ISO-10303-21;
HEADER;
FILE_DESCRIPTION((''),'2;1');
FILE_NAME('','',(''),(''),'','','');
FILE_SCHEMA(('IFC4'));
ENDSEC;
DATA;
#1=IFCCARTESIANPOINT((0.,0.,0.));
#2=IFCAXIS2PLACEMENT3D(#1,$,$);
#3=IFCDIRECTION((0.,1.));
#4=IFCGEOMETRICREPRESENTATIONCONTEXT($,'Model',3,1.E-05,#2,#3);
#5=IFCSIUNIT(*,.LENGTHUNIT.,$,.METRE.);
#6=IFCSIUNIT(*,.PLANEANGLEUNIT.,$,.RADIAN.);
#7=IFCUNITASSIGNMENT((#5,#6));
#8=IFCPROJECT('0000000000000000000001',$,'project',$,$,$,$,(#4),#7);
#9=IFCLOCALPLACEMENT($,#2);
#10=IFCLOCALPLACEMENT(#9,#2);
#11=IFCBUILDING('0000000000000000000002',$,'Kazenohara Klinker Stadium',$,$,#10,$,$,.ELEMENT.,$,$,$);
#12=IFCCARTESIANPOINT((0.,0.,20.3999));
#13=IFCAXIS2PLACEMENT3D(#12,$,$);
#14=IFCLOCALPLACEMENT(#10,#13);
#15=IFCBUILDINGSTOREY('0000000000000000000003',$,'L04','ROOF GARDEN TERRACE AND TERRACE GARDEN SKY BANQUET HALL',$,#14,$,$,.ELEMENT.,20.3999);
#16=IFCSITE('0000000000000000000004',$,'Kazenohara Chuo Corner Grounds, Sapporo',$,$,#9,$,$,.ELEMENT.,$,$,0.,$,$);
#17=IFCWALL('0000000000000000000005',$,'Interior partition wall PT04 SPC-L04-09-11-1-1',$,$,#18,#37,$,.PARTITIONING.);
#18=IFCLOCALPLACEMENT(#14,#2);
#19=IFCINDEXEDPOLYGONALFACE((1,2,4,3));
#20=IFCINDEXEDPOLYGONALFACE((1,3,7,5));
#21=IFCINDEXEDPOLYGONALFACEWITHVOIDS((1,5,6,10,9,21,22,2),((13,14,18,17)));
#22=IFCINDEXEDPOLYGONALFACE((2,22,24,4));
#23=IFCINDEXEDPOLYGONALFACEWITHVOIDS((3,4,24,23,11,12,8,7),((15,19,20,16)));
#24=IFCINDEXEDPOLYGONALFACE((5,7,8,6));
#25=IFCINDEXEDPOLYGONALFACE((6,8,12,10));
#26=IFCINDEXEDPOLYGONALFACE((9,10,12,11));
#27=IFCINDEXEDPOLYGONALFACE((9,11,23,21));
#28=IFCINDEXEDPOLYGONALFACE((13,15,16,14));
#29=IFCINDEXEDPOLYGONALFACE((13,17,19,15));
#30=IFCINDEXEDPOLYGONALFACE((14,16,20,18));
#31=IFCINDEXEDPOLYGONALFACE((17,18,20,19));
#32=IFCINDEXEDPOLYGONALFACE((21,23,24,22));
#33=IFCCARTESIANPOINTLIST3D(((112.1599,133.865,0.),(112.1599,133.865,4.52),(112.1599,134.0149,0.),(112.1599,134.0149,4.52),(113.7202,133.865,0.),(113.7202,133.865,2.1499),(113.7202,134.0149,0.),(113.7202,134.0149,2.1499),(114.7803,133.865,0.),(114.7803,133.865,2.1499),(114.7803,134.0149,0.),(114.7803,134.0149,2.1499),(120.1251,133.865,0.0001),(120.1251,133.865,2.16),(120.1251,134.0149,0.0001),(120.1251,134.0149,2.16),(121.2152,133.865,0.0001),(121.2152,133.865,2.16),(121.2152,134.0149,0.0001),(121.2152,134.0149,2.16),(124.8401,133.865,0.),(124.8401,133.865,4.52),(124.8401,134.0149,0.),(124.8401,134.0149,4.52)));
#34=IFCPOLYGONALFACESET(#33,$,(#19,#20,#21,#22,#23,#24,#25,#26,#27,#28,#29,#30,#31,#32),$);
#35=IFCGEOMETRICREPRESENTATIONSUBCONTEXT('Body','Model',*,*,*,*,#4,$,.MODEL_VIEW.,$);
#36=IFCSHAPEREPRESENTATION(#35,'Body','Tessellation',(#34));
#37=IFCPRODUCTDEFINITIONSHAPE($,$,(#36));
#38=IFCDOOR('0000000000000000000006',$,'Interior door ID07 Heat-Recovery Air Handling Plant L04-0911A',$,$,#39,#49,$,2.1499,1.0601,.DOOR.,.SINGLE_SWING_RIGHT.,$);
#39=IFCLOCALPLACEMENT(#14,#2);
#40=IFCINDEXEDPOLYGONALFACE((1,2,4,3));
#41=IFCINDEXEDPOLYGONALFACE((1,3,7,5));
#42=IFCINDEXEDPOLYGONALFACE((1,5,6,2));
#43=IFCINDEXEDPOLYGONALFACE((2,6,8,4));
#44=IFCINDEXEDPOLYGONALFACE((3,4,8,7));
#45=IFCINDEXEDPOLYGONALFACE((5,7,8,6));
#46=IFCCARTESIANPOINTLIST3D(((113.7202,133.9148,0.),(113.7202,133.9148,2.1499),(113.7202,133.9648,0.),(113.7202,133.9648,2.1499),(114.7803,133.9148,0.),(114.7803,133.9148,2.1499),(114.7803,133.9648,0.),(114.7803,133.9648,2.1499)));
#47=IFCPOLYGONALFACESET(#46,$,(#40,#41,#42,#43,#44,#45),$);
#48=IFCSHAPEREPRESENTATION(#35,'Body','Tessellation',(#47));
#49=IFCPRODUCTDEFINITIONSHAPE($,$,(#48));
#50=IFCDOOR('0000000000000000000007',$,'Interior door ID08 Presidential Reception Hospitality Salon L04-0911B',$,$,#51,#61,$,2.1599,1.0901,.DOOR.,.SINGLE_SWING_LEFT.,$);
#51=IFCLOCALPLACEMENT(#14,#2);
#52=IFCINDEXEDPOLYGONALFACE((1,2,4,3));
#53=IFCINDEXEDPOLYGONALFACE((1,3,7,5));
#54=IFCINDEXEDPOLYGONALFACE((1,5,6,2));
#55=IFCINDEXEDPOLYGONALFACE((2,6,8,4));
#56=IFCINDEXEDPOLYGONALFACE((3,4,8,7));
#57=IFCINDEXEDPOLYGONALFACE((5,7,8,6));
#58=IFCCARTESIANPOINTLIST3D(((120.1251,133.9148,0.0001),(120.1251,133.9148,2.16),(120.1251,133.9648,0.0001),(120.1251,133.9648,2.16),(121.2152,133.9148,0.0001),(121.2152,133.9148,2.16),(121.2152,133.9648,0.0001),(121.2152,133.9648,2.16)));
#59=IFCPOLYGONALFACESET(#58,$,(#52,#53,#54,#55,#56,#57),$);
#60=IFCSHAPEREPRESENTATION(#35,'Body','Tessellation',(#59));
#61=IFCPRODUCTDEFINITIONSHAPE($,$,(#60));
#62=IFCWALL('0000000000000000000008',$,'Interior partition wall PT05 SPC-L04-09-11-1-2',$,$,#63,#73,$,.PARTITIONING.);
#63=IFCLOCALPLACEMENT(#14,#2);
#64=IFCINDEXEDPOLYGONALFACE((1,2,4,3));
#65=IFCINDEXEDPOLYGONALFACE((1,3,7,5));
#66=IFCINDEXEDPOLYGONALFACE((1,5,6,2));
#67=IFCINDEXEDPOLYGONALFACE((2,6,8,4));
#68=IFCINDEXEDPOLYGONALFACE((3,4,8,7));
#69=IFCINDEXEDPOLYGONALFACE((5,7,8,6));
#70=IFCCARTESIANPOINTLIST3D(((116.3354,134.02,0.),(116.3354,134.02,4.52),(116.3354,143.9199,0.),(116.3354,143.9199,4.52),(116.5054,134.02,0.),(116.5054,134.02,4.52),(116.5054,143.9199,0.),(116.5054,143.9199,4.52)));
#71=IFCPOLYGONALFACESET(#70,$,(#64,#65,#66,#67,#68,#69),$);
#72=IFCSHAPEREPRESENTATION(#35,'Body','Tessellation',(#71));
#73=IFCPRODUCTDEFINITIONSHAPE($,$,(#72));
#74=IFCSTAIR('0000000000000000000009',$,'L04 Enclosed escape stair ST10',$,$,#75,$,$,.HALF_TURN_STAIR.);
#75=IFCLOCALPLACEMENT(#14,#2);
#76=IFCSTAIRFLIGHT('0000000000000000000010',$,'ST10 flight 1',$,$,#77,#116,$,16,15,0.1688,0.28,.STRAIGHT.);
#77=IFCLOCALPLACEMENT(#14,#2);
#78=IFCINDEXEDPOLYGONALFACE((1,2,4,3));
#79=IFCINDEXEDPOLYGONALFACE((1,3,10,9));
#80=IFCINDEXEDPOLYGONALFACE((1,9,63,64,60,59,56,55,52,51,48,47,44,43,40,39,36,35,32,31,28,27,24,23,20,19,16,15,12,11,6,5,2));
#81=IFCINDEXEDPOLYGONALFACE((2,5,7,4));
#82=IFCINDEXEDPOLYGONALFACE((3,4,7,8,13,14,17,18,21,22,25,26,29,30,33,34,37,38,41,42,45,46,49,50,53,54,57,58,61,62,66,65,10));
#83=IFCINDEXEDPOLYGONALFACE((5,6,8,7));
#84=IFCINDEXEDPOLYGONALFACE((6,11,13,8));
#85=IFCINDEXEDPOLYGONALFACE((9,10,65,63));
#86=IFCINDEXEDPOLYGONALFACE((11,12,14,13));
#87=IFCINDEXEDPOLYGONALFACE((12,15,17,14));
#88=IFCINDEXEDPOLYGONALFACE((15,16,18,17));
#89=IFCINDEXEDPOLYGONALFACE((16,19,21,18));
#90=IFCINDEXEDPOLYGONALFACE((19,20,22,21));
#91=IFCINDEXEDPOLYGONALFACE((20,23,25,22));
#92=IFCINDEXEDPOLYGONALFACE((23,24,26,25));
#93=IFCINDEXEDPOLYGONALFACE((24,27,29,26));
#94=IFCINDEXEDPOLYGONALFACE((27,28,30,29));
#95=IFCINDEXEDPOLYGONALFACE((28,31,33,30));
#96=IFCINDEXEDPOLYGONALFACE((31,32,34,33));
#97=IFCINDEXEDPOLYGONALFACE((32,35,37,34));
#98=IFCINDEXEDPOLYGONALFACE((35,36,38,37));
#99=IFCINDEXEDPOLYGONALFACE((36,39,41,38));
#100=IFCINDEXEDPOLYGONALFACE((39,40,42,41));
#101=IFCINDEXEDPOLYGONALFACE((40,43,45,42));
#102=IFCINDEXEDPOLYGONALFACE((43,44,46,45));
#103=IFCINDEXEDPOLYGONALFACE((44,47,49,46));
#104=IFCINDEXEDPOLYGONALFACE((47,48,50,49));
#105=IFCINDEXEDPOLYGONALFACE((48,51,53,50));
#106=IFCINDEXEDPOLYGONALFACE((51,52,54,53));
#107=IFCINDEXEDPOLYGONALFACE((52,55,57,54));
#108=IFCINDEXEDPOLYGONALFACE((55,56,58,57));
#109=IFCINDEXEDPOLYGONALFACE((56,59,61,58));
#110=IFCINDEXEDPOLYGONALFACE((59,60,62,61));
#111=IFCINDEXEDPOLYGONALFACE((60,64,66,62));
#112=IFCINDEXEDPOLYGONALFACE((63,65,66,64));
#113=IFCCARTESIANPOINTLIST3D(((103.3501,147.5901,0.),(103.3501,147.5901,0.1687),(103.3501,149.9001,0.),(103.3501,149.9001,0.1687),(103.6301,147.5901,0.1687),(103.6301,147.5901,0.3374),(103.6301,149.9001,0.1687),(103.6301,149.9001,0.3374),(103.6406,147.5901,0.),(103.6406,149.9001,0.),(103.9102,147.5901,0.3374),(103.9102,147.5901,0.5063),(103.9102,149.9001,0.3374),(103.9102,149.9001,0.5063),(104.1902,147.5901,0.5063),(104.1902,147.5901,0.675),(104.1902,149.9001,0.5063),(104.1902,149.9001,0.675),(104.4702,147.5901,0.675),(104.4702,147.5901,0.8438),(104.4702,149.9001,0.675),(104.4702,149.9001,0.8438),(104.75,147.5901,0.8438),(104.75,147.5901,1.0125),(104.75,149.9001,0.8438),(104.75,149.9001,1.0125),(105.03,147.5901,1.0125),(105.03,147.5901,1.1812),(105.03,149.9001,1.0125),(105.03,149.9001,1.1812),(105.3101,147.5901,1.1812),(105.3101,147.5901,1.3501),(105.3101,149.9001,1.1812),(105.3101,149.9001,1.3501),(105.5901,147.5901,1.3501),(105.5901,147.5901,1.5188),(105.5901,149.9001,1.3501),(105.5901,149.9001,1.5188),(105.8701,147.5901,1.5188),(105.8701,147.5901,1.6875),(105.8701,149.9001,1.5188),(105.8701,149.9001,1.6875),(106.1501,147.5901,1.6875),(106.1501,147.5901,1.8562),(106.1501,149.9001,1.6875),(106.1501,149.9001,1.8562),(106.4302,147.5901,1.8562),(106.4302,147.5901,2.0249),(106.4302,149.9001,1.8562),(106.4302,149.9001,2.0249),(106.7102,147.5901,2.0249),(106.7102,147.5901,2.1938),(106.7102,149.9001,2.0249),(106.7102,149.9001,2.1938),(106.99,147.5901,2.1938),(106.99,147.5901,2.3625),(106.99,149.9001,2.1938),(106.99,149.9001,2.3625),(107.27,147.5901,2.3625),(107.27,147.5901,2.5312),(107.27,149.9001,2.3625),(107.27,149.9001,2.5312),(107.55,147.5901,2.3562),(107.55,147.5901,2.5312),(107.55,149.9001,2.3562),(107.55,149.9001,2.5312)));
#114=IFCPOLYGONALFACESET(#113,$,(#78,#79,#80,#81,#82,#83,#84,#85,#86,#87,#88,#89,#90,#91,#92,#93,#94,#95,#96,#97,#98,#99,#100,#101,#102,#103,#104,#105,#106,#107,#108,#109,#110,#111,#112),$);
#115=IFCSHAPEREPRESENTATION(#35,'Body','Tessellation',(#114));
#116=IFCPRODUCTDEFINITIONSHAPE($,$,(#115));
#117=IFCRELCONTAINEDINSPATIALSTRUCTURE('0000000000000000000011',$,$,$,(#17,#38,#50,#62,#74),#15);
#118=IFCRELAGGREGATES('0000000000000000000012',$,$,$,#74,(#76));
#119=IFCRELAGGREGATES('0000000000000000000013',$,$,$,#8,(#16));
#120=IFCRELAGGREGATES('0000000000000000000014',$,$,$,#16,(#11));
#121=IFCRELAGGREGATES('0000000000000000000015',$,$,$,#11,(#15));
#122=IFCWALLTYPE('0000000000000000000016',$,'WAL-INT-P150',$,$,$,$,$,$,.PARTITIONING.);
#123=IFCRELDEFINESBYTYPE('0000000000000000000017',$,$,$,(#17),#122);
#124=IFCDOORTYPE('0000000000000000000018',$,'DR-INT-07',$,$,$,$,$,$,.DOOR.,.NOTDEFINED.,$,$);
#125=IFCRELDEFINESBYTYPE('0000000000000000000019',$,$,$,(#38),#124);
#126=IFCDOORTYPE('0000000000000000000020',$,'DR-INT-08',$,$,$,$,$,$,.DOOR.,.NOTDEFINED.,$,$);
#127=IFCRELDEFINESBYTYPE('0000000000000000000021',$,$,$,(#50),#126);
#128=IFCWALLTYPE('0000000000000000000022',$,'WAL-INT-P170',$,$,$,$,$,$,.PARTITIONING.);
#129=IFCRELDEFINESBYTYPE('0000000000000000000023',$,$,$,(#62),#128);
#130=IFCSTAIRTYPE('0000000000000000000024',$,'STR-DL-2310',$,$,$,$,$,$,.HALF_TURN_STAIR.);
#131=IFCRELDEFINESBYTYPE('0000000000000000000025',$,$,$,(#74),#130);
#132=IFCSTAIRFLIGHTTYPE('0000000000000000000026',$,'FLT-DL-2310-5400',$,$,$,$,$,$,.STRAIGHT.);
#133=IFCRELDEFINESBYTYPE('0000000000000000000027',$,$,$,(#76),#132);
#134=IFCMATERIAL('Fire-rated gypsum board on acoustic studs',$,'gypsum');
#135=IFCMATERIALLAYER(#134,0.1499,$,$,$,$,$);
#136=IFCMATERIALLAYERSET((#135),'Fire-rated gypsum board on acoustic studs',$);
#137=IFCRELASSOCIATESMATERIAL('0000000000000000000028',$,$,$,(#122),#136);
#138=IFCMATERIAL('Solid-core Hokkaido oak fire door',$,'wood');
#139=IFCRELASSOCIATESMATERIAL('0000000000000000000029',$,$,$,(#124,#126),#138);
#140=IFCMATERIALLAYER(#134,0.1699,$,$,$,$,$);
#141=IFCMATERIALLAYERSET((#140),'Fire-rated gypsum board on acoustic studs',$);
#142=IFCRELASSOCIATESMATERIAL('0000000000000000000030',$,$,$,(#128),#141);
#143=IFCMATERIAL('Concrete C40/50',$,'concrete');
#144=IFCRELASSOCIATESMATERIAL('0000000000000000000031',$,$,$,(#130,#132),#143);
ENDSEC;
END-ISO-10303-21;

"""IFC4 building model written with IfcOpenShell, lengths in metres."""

from ifc_helpers import new_model, si_unit, direction, frame, frame_2d, origin, place, context, subcontext, project, spatial, polyline, rectangle, outline, extrude, material, layer, layer_set, type_object, element, fill, aggregate, save


model = new_model("IFC4")

# Units and contexts
model_context = context("Model", 3, precision=1e-05, world=origin(), true_north=direction((0.0, 1.0)))
body_context = subcontext(model_context, "Body", "Model", "MODEL_VIEW")
ifc_project = project(units=[si_unit("LENGTHUNIT", "METRE"), si_unit("PLANEANGLEUNIT", "RADIAN")], contexts=[model_context])

# Site, building, storey
site_placement = place(None, origin())
site = spatial("IfcSite", under=ifc_project, at=site_placement, Name="Kazenohara Chuo Corner Grounds, Sapporo", CompositionType="ELEMENT", RefElevation=0.0)
building_placement = place(site_placement, origin())
building = spatial("IfcBuilding", under=site, at=building_placement, Name="Kazenohara Klinker Stadium", CompositionType="ELEMENT")
storey_placement = place(building_placement, frame((0.0, 0.0, 20.3999)))
storey = spatial("IfcBuildingStorey", under=building, at=storey_placement, Name="L04", Description="ROOF GARDEN TERRACE AND TERRACE GARDEN SKY BANQUET HALL", CompositionType="ELEMENT", Elevation=20.3999)

# Shared definitions
ifc_material_1 = material(Name="Concrete C40/50", Category="concrete")

# Shared definitions
ifc_material_2 = material(Name="Fire-rated gypsum board on acoustic studs", Category="gypsum")
ifc_material_3 = material(Name="Solid-core Hokkaido oak fire door", Category="wood")

# Wall, openings, doors
ifc_layer_1 = layer(ifc_material_2, 0.1499)
ifc_layer_set_1 = layer_set([ifc_layer_1], Name="Fire-rated gypsum board on acoustic studs")
wall_type_1 = type_object("IfcWallType", Name="WAL-INT-P150", PredefinedType="PARTITIONING", material=ifc_layer_set_1)
wall_1_placement = place(storey_placement, frame((112.1599, 133.9399, 0.0), z_axis=(0.0, 0.0, 1.0), x_axis=(1.0, 0.0, 0.0)))
wall_1 = element("IfcWall", 1, at=wall_1_placement, inside=storey, type_object=wall_type_1, Name="Interior partition wall PT04 SPC-L04-09-11-1-1", PredefinedType="PARTITIONING", context=body_context, shape_type="SweptSolid", body=[
    extrude(rectangle(XDim=12.6802, YDim=0.1499, at=frame_2d((6.3401, 0.0))), origin(), (0.0, 0.0, 1.0), 4.52),
])
opening_1_placement = place(wall_1_placement, frame((1.5603, 0.0, 0.0)))
opening_1 = element("IfcOpeningElement", 2, at=opening_1_placement, cuts=wall_1, PredefinedType="OPENING", context=body_context, shape_type="SweptSolid", body=[
    extrude(rectangle(XDim=1.0601, YDim=2.1499, at=frame_2d((0.53, 1.075))), frame((0.0, 0.085, 0.0), z_axis=(0.0, -1.0, 0.0), x_axis=(1.0, 0.0, 0.0)), (0.0, 0.0, 1.0), 0.1699),
])
opening_2_placement = place(wall_1_placement, frame((7.9653, 0.0, 0.0)))
opening_2 = element("IfcOpeningElement", 3, at=opening_2_placement, cuts=wall_1, PredefinedType="OPENING", context=body_context, shape_type="SweptSolid", body=[
    extrude(rectangle(XDim=1.0901, YDim=2.1599, at=frame_2d((0.5449, 1.0801))), frame((0.0, 0.085, 0.0), z_axis=(0.0, -1.0, 0.0), x_axis=(1.0, 0.0, 0.0)), (0.0, 0.0, 1.0), 0.1699),
])
door_type_1 = type_object("IfcDoorType", Name="DR-INT-07", OperationType="NOTDEFINED", PredefinedType="DOOR", material=ifc_material_3)
door_1_placement = place(opening_1_placement, origin())
door_1 = element("IfcDoor", 4, at=door_1_placement, inside=storey, type_object=door_type_1, Name="Interior door ID07 Heat-Recovery Air Handling Plant L04-0911A", OperationType="SINGLE_SWING_RIGHT", OverallHeight=2.1499, OverallWidth=1.0601, PredefinedType="DOOR", context=body_context, shape_type="SweptSolid", body=[
    extrude(rectangle(XDim=1.0601, YDim=2.1499, at=frame_2d((0.53, 1.075))), frame((0.0, 0.0249, 0.0), z_axis=(0.0, -1.0, 0.0), x_axis=(1.0, 0.0, 0.0)), (0.0, 0.0, 1.0), 0.05),
])
fill(opening_1, door_1)
door_type_2 = type_object("IfcDoorType", Name="DR-INT-08", OperationType="NOTDEFINED", PredefinedType="DOOR", material=ifc_material_3)
door_2_placement = place(opening_2_placement, origin())
door_2 = element("IfcDoor", 5, at=door_2_placement, inside=storey, type_object=door_type_2, Name="Interior door ID08 Presidential Reception Hospitality Salon L04-0911B", OperationType="SINGLE_SWING_LEFT", OverallHeight=2.1599, OverallWidth=1.0901, PredefinedType="DOOR", context=body_context, shape_type="SweptSolid", body=[
    extrude(rectangle(XDim=1.0901, YDim=2.1599, at=frame_2d((0.5449, 1.0801))), frame((0.0, 0.0249, 0.0), z_axis=(0.0, -1.0, 0.0), x_axis=(1.0, 0.0, 0.0)), (0.0, 0.0, 1.0), 0.05),
])
fill(opening_2, door_2)

# Wall
ifc_layer_2 = layer(ifc_material_2, 0.1699)
ifc_layer_set_2 = layer_set([ifc_layer_2], Name="Fire-rated gypsum board on acoustic studs")
wall_type_2 = type_object("IfcWallType", Name="WAL-INT-P170", PredefinedType="PARTITIONING", material=ifc_layer_set_2)
wall_2_placement = place(storey_placement, frame((116.4204, 134.02, 0.0), z_axis=(0.0, 0.0, 1.0), x_axis=(0.0, 1.0, 0.0)))
element("IfcWall", 6, at=wall_2_placement, inside=storey, type_object=wall_type_2, Name="Interior partition wall PT05 SPC-L04-09-11-1-2", PredefinedType="PARTITIONING", context=body_context, shape_type="SweptSolid", body=[
    extrude(rectangle(XDim=9.8999, YDim=0.1699, at=frame_2d((4.95, 0.0))), origin(), (0.0, 0.0, 1.0), 4.52),
])

# Stair, stair flight
stair_type = type_object("IfcStairType", Name="STR-DL-2310", PredefinedType="HALF_TURN_STAIR", material=ifc_material_1)
stair_placement = place(storey_placement, origin())
stair = element("IfcStair", 7, at=stair_placement, inside=storey, type_object=stair_type, Name="L04 Enclosed escape stair ST10", PredefinedType="HALF_TURN_STAIR")
stair_flight_type = type_object("IfcStairFlightType", Name="FLT-DL-2310-5400", PredefinedType="STRAIGHT", material=ifc_material_1)
stair_flight_placement = place(storey_placement, frame((103.3501, 148.7451, 0.0), z_axis=(0.0, 0.0, 1.0), x_axis=(1.0, 0.0, 0.0)))
stair_flight = element("IfcStairFlight", 8, at=stair_flight_placement, type_object=stair_flight_type, Name="ST10 flight 1", NumberOfRisers=16, NumberOfTreads=15, PredefinedType="STRAIGHT", RiserHeight=0.1688, TreadLength=0.28, context=body_context, shape_type="SweptSolid", body=[
    extrude(outline(polyline([(0.0, 0.0), (0.0, 0.1687), (0.28, 0.1687), (0.28, 0.3374), (0.5601, 0.3374), (0.5601, 0.5063), (0.8401, 0.5063), (0.8401, 0.675), (1.1201, 0.675), (1.1201, 0.8438), (1.3999, 0.8438), (1.3999, 1.0125), (1.6799, 1.0125), (1.6799, 1.1812), (1.96, 1.1812), (1.96, 1.3501), (2.24, 1.3501), (2.24, 1.5188), (2.52, 1.5188), (2.52, 1.6875), (2.8, 1.6875), (2.8, 1.8562), (3.0801, 1.8562), (3.0801, 2.0249), (3.3601, 2.0249), (3.3601, 2.1938), (3.6399, 2.1938), (3.6399, 2.3625), (3.9199, 2.3625), (3.9199, 2.5312), (4.2, 2.5312), (4.2, 2.7), (4.2, 2.3562), (0.2905, 0.0), (0.0, 0.0)])), frame((0.0, 1.155, 0.0), z_axis=(0.0, -1.0, 0.0), x_axis=(1.0, 0.0, 0.0)), (0.0, 0.0, 1.0), 2.3101),
])
aggregate(stair, [stair_flight])

save(model, "model.ifc")
